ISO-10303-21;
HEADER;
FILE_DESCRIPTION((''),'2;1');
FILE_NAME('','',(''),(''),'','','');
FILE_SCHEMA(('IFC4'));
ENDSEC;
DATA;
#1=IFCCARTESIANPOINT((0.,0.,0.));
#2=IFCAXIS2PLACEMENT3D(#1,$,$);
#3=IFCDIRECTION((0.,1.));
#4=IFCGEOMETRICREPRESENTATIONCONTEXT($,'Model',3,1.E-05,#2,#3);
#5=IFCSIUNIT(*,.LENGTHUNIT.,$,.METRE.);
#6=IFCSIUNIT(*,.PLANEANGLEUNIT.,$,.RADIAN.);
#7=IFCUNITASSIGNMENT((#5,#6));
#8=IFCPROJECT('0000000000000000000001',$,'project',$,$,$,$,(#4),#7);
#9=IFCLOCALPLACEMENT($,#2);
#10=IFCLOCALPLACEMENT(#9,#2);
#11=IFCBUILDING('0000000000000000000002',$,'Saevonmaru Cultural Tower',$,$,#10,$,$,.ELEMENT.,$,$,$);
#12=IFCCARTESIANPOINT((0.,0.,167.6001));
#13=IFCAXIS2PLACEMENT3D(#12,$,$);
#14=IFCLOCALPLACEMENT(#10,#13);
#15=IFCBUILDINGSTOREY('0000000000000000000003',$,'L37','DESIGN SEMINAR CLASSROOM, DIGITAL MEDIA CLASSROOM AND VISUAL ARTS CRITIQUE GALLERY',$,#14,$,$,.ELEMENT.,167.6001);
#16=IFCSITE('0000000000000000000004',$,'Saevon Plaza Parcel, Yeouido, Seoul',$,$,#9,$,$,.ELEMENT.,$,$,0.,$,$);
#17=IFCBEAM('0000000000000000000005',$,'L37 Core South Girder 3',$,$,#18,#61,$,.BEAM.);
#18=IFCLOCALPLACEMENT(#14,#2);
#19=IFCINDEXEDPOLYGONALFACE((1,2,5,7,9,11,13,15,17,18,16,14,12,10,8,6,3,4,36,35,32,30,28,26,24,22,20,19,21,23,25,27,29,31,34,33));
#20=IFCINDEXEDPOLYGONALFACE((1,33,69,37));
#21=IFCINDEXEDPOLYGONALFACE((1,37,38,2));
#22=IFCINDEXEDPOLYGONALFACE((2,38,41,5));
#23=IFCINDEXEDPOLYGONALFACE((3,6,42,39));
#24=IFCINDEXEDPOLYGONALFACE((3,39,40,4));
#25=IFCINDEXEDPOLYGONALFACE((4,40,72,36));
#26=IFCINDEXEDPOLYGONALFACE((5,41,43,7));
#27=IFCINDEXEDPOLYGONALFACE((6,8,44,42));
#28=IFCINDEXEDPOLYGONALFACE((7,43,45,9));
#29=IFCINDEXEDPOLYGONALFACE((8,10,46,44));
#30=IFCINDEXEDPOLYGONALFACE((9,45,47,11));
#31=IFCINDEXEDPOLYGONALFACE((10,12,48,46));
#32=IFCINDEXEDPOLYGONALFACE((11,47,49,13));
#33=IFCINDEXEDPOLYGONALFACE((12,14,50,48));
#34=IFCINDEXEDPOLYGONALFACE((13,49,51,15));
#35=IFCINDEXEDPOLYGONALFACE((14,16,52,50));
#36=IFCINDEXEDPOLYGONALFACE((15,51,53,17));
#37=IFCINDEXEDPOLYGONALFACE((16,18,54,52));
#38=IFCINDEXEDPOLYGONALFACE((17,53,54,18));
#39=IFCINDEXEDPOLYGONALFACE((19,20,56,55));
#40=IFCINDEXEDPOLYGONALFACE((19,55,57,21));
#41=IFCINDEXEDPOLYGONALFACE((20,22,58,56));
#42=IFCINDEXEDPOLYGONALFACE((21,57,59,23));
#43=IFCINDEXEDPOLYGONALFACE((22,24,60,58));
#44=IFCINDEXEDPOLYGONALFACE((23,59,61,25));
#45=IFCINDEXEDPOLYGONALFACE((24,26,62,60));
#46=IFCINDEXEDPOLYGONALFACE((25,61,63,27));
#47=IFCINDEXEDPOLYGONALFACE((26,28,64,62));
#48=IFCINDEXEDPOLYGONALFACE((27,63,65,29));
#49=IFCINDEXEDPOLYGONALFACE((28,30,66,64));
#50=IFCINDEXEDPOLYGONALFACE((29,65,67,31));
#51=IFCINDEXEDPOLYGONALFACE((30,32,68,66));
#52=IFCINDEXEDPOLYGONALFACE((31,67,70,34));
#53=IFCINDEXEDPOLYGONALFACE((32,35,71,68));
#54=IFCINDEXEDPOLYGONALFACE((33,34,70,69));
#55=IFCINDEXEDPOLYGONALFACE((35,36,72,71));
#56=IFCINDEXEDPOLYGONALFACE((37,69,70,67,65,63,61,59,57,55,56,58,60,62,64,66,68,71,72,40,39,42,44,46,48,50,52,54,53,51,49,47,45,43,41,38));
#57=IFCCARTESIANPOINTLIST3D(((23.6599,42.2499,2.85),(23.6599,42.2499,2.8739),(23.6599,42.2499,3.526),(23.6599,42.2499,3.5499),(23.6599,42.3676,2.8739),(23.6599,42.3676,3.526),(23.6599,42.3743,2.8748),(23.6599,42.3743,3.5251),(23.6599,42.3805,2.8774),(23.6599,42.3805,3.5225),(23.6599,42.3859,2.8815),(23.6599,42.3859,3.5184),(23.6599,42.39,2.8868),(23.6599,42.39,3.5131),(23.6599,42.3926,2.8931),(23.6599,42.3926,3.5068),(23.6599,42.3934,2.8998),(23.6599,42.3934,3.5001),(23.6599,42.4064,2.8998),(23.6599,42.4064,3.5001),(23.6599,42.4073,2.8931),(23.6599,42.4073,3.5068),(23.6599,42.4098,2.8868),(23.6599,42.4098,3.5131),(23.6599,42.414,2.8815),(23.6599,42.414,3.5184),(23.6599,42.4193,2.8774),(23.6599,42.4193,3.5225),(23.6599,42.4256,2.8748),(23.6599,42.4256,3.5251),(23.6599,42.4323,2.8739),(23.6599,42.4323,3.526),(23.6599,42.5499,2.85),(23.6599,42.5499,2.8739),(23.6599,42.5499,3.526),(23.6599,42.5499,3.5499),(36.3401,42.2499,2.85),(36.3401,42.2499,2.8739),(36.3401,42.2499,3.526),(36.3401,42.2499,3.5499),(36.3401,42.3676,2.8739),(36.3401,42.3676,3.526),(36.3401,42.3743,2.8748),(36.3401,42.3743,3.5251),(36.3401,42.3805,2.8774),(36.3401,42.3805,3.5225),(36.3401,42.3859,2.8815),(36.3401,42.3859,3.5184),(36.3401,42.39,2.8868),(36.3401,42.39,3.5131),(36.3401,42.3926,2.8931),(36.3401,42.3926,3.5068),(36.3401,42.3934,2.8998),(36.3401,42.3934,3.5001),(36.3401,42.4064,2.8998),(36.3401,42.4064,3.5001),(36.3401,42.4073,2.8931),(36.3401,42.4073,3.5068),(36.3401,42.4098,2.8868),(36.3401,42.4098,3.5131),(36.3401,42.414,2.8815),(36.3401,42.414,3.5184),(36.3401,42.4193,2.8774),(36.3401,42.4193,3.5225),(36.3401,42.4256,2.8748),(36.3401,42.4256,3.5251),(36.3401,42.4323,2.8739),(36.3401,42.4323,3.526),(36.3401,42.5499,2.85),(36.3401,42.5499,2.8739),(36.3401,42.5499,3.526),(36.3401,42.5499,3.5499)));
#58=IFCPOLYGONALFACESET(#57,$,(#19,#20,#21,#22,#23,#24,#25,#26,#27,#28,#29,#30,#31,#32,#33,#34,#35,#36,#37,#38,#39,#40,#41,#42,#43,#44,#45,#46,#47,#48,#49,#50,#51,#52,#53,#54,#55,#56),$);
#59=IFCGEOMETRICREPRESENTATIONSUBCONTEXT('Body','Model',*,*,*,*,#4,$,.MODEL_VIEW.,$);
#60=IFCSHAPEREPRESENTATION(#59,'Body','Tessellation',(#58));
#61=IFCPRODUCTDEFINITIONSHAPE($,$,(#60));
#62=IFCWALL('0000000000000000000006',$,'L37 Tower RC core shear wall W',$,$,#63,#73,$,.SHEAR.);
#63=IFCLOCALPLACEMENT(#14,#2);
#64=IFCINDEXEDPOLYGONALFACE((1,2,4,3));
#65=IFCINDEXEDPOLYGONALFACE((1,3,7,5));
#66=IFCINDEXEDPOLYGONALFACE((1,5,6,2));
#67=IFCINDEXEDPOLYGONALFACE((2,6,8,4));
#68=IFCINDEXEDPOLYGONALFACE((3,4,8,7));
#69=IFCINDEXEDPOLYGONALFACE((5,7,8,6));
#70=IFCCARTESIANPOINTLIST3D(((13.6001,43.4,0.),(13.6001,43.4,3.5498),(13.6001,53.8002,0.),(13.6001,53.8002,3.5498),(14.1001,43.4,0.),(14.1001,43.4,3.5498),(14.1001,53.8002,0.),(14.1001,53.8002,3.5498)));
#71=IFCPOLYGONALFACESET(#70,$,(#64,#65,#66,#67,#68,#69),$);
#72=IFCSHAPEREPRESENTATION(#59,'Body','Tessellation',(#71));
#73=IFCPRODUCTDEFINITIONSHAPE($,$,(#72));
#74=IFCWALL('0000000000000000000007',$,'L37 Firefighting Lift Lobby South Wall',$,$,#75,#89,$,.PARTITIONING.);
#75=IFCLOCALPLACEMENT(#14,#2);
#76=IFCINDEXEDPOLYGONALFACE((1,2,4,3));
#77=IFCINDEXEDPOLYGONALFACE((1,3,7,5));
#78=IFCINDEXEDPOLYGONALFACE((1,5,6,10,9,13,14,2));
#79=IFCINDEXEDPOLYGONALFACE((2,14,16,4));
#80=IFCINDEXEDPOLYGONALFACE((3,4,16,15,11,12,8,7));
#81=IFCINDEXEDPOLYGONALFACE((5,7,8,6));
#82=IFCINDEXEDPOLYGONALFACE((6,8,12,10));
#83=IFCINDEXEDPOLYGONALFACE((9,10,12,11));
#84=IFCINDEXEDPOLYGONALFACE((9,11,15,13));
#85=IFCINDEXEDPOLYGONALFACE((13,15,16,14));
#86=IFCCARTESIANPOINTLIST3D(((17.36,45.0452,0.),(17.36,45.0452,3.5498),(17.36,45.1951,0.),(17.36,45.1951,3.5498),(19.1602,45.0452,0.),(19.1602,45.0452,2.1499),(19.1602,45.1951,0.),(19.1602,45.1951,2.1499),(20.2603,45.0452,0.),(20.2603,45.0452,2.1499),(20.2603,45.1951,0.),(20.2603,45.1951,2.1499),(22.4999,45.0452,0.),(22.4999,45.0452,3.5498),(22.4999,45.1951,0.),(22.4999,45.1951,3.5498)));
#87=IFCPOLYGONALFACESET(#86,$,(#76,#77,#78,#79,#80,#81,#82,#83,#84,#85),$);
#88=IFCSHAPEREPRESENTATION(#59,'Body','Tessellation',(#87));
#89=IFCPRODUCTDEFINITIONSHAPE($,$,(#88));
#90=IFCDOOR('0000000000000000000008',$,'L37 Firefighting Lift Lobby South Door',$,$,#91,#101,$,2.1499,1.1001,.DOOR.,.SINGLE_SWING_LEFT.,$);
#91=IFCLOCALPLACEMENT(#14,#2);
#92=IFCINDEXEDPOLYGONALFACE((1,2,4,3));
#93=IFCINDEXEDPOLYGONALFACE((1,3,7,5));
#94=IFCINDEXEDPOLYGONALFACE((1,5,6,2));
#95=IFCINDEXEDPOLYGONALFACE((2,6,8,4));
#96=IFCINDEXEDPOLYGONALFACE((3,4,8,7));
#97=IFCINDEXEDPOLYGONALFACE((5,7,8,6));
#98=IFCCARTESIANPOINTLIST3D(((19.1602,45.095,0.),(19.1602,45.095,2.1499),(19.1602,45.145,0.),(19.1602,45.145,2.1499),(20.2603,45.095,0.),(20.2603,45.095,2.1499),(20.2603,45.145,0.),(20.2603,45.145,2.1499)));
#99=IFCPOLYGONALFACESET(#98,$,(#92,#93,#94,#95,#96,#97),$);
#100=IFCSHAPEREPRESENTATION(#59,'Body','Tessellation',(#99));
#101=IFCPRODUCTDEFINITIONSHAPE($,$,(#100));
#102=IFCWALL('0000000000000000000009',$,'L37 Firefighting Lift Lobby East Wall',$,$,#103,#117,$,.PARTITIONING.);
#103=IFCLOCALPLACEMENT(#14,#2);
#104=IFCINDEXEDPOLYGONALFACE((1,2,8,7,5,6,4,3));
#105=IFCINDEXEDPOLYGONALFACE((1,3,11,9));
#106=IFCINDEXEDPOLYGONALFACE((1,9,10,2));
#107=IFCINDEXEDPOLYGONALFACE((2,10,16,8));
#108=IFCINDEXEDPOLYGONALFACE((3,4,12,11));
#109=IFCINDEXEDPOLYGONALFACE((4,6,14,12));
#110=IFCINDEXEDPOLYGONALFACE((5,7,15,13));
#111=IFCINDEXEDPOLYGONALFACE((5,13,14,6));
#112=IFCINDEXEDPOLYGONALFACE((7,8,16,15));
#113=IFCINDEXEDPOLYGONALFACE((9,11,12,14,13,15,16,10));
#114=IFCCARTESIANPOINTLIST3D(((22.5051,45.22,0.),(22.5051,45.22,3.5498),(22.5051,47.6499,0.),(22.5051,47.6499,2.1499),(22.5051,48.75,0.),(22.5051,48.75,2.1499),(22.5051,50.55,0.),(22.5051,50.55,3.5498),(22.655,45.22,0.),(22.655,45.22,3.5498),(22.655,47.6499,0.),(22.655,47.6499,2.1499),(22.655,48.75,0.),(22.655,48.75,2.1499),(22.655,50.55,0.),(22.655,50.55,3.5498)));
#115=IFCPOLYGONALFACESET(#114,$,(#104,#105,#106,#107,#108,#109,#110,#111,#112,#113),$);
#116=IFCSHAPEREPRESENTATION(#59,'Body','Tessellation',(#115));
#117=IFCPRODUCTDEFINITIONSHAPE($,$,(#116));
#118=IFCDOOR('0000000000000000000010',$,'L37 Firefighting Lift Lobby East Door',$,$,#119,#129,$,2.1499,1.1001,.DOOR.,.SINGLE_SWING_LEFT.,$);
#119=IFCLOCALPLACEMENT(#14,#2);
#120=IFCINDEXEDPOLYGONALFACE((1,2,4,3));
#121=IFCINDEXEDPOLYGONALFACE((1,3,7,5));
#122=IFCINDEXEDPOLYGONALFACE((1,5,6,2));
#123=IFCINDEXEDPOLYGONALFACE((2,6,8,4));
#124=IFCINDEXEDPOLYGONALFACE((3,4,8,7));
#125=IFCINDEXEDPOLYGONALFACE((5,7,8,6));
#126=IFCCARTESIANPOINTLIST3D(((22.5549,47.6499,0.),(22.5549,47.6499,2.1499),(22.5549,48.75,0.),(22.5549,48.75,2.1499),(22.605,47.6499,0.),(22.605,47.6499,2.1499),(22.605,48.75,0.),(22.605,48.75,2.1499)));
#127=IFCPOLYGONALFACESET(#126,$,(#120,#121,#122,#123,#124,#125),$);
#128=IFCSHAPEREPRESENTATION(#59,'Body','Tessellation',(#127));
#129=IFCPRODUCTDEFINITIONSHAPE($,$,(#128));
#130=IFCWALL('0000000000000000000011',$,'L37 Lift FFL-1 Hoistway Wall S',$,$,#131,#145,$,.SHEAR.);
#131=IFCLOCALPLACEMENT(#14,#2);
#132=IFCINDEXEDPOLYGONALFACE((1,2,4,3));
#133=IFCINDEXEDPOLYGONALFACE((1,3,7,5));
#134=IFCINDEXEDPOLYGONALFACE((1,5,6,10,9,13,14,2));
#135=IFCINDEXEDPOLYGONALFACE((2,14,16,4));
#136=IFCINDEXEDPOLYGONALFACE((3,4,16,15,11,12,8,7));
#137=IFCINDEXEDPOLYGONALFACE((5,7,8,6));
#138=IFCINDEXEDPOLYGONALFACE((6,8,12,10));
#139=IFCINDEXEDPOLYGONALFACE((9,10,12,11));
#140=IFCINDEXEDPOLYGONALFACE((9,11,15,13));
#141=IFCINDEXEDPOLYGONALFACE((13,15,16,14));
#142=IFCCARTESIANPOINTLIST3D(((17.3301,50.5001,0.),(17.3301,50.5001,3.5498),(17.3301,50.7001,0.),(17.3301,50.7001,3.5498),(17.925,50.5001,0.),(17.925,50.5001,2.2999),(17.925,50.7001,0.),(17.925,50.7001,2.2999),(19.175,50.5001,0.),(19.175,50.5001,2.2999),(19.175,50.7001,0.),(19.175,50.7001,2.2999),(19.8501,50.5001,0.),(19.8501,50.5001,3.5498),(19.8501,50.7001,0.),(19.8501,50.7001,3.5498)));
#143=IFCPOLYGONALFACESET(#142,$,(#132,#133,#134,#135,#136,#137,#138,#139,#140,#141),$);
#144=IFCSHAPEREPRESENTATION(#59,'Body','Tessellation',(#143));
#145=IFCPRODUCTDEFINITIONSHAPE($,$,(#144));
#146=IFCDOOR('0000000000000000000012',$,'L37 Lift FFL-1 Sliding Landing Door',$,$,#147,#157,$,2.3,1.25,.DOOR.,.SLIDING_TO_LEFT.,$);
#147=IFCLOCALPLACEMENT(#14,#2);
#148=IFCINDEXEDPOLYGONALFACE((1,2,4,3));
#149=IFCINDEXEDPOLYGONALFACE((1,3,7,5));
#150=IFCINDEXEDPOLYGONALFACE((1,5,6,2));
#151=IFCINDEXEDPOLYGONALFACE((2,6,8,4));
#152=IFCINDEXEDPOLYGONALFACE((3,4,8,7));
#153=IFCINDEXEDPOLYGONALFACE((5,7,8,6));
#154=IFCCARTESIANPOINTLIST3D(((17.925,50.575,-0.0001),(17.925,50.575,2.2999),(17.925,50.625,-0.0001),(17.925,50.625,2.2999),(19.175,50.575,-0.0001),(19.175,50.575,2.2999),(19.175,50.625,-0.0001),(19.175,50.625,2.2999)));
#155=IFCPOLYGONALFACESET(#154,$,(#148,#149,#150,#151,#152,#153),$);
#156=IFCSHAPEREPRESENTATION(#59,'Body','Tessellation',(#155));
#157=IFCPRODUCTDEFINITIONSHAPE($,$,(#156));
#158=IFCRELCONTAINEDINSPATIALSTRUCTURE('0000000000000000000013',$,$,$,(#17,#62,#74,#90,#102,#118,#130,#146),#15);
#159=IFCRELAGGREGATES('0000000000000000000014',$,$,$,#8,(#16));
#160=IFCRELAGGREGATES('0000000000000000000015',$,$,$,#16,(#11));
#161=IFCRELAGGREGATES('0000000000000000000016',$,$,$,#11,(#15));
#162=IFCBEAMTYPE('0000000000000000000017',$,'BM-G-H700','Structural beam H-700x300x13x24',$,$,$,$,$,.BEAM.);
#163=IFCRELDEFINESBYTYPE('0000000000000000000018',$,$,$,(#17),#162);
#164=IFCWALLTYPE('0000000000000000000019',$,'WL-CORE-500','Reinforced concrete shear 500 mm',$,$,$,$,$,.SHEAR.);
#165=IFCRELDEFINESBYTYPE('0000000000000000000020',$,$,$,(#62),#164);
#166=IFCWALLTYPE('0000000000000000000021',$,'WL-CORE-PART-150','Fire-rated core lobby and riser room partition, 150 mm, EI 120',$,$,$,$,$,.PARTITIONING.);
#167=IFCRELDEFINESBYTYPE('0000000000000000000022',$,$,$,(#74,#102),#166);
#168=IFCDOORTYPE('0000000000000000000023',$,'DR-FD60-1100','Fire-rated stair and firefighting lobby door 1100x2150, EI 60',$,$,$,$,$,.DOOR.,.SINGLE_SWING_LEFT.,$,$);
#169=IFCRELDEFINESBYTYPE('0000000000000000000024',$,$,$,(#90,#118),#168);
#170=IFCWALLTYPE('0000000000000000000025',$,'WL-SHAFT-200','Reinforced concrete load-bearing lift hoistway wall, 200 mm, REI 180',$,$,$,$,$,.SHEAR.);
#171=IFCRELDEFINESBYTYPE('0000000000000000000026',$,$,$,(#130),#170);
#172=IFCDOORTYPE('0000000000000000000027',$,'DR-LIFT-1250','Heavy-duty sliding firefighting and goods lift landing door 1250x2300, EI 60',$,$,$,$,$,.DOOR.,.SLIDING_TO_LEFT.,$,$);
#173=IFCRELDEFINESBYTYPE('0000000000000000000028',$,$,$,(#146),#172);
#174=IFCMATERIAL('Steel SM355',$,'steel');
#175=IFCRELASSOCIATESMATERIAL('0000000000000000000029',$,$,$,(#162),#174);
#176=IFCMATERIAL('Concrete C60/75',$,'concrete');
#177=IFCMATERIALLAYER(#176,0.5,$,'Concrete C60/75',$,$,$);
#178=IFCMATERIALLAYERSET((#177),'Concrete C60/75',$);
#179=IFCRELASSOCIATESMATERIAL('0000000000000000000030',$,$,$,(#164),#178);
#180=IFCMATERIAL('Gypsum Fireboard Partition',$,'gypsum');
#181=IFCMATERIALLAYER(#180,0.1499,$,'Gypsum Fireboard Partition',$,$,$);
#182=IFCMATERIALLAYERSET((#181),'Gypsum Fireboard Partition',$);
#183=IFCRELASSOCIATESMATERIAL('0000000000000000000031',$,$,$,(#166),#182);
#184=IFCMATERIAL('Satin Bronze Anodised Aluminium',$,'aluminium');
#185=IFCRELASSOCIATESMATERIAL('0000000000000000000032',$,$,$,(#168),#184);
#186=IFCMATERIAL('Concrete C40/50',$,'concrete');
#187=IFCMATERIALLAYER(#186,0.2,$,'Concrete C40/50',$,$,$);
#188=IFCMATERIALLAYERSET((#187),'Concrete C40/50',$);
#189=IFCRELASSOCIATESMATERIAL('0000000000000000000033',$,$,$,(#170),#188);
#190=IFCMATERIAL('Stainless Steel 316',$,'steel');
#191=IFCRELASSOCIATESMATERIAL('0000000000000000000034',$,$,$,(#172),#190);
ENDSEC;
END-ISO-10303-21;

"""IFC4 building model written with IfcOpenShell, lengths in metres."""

from ifc_helpers import new_model, si_unit, direction, frame, frame_2d, origin, origin_2d, place, context, subcontext, project, spatial, rectangle, i_section, extrude, material, layer, layer_set, material_profile, profile_set, type_object, element, fill, save


model = new_model("IFC4")

# Units and contexts
model_context = context("Model", 3, precision=1e-05, world=origin(), true_north=direction((0.0, 1.0)))
body_context = subcontext(model_context, "Body", "Model", "MODEL_VIEW")
ifc_project = project(units=[si_unit("LENGTHUNIT", "METRE"), si_unit("PLANEANGLEUNIT", "RADIAN")], contexts=[model_context])

# Site, building, storey
site_placement = place(None, origin())
site = spatial("IfcSite", under=ifc_project, at=site_placement, Name="Saevon Plaza Parcel, Yeouido, Seoul", CompositionType="ELEMENT", RefElevation=0.0)
building_placement = place(site_placement, origin())
building = spatial("IfcBuilding", under=site, at=building_placement, Name="Saevonmaru Cultural Tower", CompositionType="ELEMENT")
storey_placement = place(building_placement, frame((0.0, 0.0, 167.6001)))
storey = spatial("IfcBuildingStorey", under=building, at=storey_placement, Name="L37", Description="DESIGN SEMINAR CLASSROOM, DIGITAL MEDIA CLASSROOM AND VISUAL ARTS CRITIQUE GALLERY", CompositionType="ELEMENT", Elevation=167.6001)

# Beam
ifc_material_1 = material(Name="Steel SM355", Category="steel")
ifc_material_profile = material_profile(ifc_material_1, i_section(OverallWidth=0.3, OverallDepth=0.7, WebThickness=0.0129, FlangeThickness=0.0239, FilletRadius=0.0259, at=origin_2d()), Name="H-700x300x13x24")
ifc_profile_set = profile_set([ifc_material_profile], Name="Steel SM355")
beam_type = type_object("IfcBeamType", Name="BM-G-H700", Description="Structural beam H-700x300x13x24", PredefinedType="BEAM", material=ifc_profile_set)
beam_placement = place(storey_placement, frame((23.6599, 42.3999, 3.2), z_axis=(1.0, 0.0, 0.0), x_axis=(0.0, 1.0, 0.0)))
element("IfcBeam", 1, at=beam_placement, inside=storey, type_object=beam_type, Name="L37 Core South Girder 3", PredefinedType="BEAM", context=body_context, shape_type="SweptSolid", body=[
    extrude(i_section(OverallWidth=0.3, OverallDepth=0.7, WebThickness=0.0129, FlangeThickness=0.0239, FilletRadius=0.0259, at=origin_2d()), origin(), (0.0, 0.0, 1.0), 12.6802),
])

# Wall
ifc_material_2 = material(Name="Concrete C60/75", Category="concrete")
ifc_layer_1 = layer(ifc_material_2, 0.5, Name="Concrete C60/75")
ifc_layer_set_1 = layer_set([ifc_layer_1], Name="Concrete C60/75")
wall_type_1 = type_object("IfcWallType", Name="WL-CORE-500", Description="Reinforced concrete shear 500 mm", PredefinedType="SHEAR", material=ifc_layer_set_1)
wall_1_placement = place(storey_placement, frame((13.8501, 43.3999, 0.0), z_axis=(0.0, 0.0, 1.0), x_axis=(0.0, 1.0, 0.0)))
element("IfcWall", 2, at=wall_1_placement, inside=storey, type_object=wall_type_1, Name="L37 Tower RC core shear wall W", PredefinedType="SHEAR", context=body_context, shape_type="SweptSolid", body=[
    extrude(rectangle(XDim=10.4001, YDim=0.5, at=frame_2d((5.2002, 0.0))), origin(), (0.0, 0.0, 1.0), 3.5498),
])

# Walls, openings, doors
ifc_material_3 = material(Name="Gypsum Fireboard Partition", Category="gypsum")
ifc_layer_2 = layer(ifc_material_3, 0.1499, Name="Gypsum Fireboard Partition")
ifc_layer_set_2 = layer_set([ifc_layer_2], Name="Gypsum Fireboard Partition")
wall_type_2 = type_object("IfcWallType", Name="WL-CORE-PART-150", Description="Fire-rated core lobby and riser room partition, 150 mm, EI 120", PredefinedType="PARTITIONING", material=ifc_layer_set_2)
wall_2_placement = place(storey_placement, frame((17.3601, 45.1201, 0.0), z_axis=(0.0, 0.0, 1.0), x_axis=(1.0, 0.0, 0.0)))
wall_2 = element("IfcWall", 3, at=wall_2_placement, inside=storey, type_object=wall_type_2, Name="L37 Firefighting Lift Lobby South Wall", PredefinedType="PARTITIONING", context=body_context, shape_type="SweptSolid", body=[
    extrude(rectangle(XDim=5.1399, YDim=0.1499, at=frame_2d((2.5698, 0.0))), origin(), (0.0, 0.0, 1.0), 3.5498),
])
opening_1_placement = place(wall_2_placement, frame((1.8, 0.0, 0.0)))
opening_1 = element("IfcOpeningElement", 4, at=opening_1_placement, cuts=wall_2, PredefinedType="OPENING", context=body_context, shape_type="SweptSolid", body=[
    extrude(rectangle(XDim=1.1001, YDim=2.1499, at=frame_2d((0.55, 1.075))), frame((0.0, 0.085, 0.0), z_axis=(0.0, -1.0, 0.0), x_axis=(1.0, 0.0, 0.0)), (0.0, 0.0, 1.0), 0.1699),
])
ifc_material_4 = material(Name="Satin Bronze Anodised Aluminium", Category="aluminium")
door_type_1 = type_object("IfcDoorType", Name="DR-FD60-1100", Description="Fire-rated stair and firefighting lobby door 1100x2150, EI 60", OperationType="SINGLE_SWING_LEFT", PredefinedType="DOOR", material=ifc_material_4)
door_1_placement = place(opening_1_placement, origin())
door_1 = element("IfcDoor", 5, at=door_1_placement, inside=storey, type_object=door_type_1, Name="L37 Firefighting Lift Lobby South Door", OperationType="SINGLE_SWING_LEFT", OverallHeight=2.1499, OverallWidth=1.1001, PredefinedType="DOOR", context=body_context, shape_type="SweptSolid", body=[
    extrude(rectangle(XDim=1.1001, YDim=2.1499, at=frame_2d((0.55, 1.075))), frame((0.0, 0.0249, 0.0), z_axis=(0.0, -1.0, 0.0), x_axis=(1.0, 0.0, 0.0)), (0.0, 0.0, 1.0), 0.05),
])
fill(opening_1, door_1)
wall_3_placement = place(storey_placement, frame((22.5801, 50.55, 0.0), z_axis=(0.0, 0.0, 1.0), x_axis=(0.0, -1.0, 0.0)))
wall_3 = element("IfcWall", 6, at=wall_3_placement, inside=storey, type_object=wall_type_2, Name="L37 Firefighting Lift Lobby East Wall", PredefinedType="PARTITIONING", context=body_context, shape_type="SweptSolid", body=[
    extrude(rectangle(XDim=5.3301, YDim=0.1499, at=frame_2d((2.665, 0.0))), origin(), (0.0, 0.0, 1.0), 3.5498),
])
opening_2_placement = place(wall_3_placement, frame((1.8, 0.0, 0.0)))
opening_2 = element("IfcOpeningElement", 7, at=opening_2_placement, cuts=wall_3, PredefinedType="OPENING", context=body_context, shape_type="SweptSolid", body=[
    extrude(rectangle(XDim=1.1001, YDim=2.1499, at=frame_2d((0.55, 1.075))), frame((0.0, 0.085, 0.0), z_axis=(0.0, -1.0, 0.0), x_axis=(1.0, 0.0, 0.0)), (0.0, 0.0, 1.0), 0.1699),
])
door_2_placement = place(opening_2_placement, origin())
door_2 = element("IfcDoor", 8, at=door_2_placement, inside=storey, type_object=door_type_1, Name="L37 Firefighting Lift Lobby East Door", OperationType="SINGLE_SWING_LEFT", OverallHeight=2.1499, OverallWidth=1.1001, PredefinedType="DOOR", context=body_context, shape_type="SweptSolid", body=[
    extrude(rectangle(XDim=1.1001, YDim=2.1499, at=frame_2d((0.55, 1.075))), frame((0.0, 0.0249, 0.0), z_axis=(0.0, -1.0, 0.0), x_axis=(1.0, 0.0, 0.0)), (0.0, 0.0, 1.0), 0.05),
])
fill(opening_2, door_2)
ifc_material_5 = material(Name="Concrete C40/50", Category="concrete")
ifc_layer_3 = layer(ifc_material_5, 0.2, Name="Concrete C40/50")
ifc_layer_set_3 = layer_set([ifc_layer_3], Name="Concrete C40/50")
wall_type_3 = type_object("IfcWallType", Name="WL-SHAFT-200", Description="Reinforced concrete load-bearing lift hoistway wall, 200 mm, REI 180", PredefinedType="SHEAR", material=ifc_layer_set_3)
wall_4_placement = place(storey_placement, frame((17.3301, 50.6001, 0.0), z_axis=(0.0, 0.0, 1.0), x_axis=(1.0, 0.0, 0.0)))
wall_4 = element("IfcWall", 9, at=wall_4_placement, inside=storey, type_object=wall_type_3, Name="L37 Lift FFL-1 Hoistway Wall S", PredefinedType="SHEAR", context=body_context, shape_type="SweptSolid", body=[
    extrude(rectangle(XDim=2.52, YDim=0.2, at=frame_2d((1.26, 0.0))), origin(), (0.0, 0.0, 1.0), 3.5498),
])
opening_3_placement = place(wall_4_placement, frame((0.595, 0.0, 0.0)))
opening_3 = element("IfcOpeningElement", 10, at=opening_3_placement, cuts=wall_4, PredefinedType="OPENING", context=body_context, shape_type="SweptSolid", body=[
    extrude(rectangle(XDim=1.25, YDim=2.3, at=frame_2d((0.625, 1.1499))), frame((0.0, 0.1099, 0.0), z_axis=(0.0, -1.0, 0.0), x_axis=(1.0, 0.0, 0.0)), (0.0, 0.0, 1.0), 0.22),
])
ifc_material_6 = material(Name="Stainless Steel 316", Category="steel")
door_type_2 = type_object("IfcDoorType", Name="DR-LIFT-1250", Description="Heavy-duty sliding firefighting and goods lift landing door 1250x2300, EI 60", OperationType="SLIDING_TO_LEFT", PredefinedType="DOOR", material=ifc_material_6)
door_3_placement = place(opening_3_placement, origin())
door_3 = element("IfcDoor", 11, at=door_3_placement, inside=storey, type_object=door_type_2, Name="L37 Lift FFL-1 Sliding Landing Door", OperationType="SLIDING_TO_LEFT", OverallHeight=2.3, OverallWidth=1.25, PredefinedType="DOOR", context=body_context, shape_type="SweptSolid", body=[
    extrude(rectangle(XDim=1.25, YDim=2.3, at=frame_2d((0.625, 1.1499))), frame((0.0, 0.0249, 0.0), z_axis=(0.0, -1.0, 0.0), x_axis=(1.0, 0.0, 0.0)), (0.0, 0.0, 1.0), 0.05),
])
fill(opening_3, door_3)

save(model, "model.ifc")
